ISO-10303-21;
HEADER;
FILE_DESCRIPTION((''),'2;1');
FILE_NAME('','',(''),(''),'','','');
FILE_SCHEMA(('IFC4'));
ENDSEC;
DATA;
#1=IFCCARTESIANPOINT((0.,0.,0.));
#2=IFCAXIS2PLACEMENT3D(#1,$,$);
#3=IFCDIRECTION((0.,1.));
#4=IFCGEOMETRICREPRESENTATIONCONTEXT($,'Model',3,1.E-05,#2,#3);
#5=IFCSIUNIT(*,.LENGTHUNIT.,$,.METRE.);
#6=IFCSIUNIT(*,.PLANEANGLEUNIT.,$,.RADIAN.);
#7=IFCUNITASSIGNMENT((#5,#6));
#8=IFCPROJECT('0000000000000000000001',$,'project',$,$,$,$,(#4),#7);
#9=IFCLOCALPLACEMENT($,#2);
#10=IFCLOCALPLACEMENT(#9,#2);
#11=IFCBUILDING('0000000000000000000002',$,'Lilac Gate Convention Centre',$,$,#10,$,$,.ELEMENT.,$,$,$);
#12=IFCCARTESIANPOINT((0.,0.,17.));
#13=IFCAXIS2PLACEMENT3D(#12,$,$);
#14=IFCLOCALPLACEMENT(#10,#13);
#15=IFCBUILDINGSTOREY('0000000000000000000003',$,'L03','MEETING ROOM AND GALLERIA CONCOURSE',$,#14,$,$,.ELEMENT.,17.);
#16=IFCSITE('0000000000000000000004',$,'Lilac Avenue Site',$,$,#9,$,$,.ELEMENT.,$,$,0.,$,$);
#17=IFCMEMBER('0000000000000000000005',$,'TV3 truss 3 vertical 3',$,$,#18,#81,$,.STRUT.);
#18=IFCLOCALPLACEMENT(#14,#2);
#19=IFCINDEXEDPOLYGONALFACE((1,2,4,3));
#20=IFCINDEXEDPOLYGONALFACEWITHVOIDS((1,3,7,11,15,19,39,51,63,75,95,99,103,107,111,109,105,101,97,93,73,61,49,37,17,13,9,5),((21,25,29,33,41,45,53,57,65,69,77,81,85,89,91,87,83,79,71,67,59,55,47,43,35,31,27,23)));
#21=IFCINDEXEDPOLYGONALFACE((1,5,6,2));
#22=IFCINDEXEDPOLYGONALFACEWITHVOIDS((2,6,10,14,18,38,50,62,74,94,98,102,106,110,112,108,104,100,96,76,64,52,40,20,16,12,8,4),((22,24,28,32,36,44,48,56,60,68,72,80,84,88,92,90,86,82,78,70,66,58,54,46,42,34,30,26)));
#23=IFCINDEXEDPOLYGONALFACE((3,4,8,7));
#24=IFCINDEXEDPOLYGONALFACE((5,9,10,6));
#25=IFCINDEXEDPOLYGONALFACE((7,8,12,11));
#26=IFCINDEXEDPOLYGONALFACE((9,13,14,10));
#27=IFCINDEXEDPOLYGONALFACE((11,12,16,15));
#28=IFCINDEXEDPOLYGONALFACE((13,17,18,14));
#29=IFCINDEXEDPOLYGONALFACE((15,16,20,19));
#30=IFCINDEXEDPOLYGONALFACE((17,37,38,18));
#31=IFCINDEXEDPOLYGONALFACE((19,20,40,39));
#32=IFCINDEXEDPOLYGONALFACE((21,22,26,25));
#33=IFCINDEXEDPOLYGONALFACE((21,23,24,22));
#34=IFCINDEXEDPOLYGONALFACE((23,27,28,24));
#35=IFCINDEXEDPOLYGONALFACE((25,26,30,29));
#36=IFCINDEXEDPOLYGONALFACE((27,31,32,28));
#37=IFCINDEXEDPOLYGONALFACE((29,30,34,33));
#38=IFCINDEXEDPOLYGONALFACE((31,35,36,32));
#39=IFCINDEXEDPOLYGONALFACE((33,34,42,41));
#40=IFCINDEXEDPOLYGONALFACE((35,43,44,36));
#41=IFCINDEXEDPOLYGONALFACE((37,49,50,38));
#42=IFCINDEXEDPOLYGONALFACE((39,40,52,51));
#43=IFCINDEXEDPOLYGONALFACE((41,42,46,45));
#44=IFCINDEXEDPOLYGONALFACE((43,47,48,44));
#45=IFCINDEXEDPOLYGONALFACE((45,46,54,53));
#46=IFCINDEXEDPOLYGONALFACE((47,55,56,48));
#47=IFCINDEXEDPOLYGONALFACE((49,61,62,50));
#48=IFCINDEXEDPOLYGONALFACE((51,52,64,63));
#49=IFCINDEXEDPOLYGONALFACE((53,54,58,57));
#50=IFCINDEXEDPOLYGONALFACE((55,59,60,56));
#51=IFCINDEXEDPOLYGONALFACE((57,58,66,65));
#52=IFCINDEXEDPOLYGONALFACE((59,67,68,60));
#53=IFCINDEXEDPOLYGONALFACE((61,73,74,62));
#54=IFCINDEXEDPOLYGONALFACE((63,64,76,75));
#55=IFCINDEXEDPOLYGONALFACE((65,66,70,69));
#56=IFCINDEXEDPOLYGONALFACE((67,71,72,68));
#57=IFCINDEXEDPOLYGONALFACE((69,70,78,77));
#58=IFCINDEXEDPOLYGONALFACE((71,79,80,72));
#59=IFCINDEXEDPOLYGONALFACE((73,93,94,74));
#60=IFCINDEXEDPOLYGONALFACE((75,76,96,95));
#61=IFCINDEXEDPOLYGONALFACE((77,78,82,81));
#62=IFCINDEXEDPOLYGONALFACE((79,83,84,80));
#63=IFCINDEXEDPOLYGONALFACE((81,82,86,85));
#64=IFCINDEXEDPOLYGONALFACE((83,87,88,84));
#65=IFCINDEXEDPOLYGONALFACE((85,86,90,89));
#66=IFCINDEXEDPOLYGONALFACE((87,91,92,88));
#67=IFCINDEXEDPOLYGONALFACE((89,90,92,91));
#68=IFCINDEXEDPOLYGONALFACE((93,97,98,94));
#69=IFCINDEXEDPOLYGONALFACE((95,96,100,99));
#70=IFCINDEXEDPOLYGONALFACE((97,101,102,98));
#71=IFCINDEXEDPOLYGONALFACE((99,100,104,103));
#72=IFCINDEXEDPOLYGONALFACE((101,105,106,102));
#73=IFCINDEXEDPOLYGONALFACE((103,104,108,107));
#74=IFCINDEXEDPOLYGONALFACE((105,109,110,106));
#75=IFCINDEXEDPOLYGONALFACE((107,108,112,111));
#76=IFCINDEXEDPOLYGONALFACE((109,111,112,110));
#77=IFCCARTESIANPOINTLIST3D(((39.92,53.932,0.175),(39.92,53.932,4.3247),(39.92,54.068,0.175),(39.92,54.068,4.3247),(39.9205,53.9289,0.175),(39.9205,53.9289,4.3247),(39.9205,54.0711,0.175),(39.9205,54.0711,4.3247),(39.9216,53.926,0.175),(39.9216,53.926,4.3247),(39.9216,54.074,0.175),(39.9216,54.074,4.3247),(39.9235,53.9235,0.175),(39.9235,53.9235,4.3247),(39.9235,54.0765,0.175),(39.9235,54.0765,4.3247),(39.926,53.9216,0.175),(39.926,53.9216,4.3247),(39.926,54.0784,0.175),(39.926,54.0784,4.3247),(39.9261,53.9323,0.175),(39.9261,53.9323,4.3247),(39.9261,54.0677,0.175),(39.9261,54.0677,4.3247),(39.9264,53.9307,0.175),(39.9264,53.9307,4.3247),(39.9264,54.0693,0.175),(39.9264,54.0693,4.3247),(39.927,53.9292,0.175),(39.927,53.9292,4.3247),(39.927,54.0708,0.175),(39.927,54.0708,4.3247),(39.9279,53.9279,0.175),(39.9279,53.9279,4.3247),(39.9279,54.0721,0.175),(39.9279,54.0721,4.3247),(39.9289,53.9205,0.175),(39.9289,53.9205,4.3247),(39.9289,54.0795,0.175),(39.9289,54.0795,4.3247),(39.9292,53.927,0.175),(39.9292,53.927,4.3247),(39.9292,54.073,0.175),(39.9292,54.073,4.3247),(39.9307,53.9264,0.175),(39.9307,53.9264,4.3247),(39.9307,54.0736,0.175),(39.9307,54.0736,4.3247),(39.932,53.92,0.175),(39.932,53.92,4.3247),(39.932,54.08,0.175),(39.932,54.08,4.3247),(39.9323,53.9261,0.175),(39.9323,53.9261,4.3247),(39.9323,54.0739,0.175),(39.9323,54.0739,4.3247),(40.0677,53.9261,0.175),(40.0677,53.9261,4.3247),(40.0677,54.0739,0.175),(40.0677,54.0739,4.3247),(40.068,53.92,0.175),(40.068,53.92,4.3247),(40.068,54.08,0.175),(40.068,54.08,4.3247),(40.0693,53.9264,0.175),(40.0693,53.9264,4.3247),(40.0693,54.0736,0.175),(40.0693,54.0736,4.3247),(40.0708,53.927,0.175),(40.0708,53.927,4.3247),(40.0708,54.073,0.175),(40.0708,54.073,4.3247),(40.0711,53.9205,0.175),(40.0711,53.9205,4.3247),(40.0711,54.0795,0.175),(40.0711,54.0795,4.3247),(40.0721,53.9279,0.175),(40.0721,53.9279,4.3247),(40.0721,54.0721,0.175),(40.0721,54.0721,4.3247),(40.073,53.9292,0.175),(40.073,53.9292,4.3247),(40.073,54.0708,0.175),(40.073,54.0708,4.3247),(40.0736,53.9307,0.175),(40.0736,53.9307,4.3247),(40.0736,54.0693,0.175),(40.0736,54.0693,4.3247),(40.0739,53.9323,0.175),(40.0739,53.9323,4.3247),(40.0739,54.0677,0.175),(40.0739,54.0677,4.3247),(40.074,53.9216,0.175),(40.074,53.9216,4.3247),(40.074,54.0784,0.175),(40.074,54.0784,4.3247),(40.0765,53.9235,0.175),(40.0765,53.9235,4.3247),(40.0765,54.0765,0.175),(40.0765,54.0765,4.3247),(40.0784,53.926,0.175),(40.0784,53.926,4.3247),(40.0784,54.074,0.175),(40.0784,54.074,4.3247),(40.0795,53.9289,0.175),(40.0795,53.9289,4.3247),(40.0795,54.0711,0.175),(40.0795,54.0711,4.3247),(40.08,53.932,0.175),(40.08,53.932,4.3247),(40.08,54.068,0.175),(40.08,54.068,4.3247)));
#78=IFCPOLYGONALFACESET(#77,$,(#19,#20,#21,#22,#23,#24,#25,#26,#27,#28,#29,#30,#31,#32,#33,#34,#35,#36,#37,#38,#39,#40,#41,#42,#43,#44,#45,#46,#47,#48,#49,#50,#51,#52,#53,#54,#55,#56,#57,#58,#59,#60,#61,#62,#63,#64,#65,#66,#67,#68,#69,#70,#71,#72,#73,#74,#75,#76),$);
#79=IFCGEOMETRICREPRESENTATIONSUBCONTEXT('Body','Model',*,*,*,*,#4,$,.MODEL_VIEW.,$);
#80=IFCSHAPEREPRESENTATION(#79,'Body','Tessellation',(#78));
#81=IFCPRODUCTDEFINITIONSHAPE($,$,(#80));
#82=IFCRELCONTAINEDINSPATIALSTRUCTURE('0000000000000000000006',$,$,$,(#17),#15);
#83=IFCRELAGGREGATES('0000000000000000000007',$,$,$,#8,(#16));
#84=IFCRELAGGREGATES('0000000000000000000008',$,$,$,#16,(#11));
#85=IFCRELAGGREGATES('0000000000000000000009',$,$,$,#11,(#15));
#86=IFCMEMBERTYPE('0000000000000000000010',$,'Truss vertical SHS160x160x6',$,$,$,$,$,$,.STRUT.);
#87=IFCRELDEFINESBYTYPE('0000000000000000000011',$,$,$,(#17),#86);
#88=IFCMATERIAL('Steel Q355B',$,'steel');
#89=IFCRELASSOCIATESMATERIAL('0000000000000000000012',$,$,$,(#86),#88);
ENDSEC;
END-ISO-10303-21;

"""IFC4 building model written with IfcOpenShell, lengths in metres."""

from ifc_helpers import new_model, si_unit, direction, frame, origin, origin_2d, place, context, subcontext, project, spatial, hollow_rectangle, extrude, material, material_profile, profile_set, type_object, element, save


model = new_model("IFC4")

# Units and contexts
model_context = context("Model", 3, precision=1e-05, world=origin(), true_north=direction((0.0, 1.0)))
body_context = subcontext(model_context, "Body", "Model", "MODEL_VIEW")
ifc_project = project(units=[si_unit("LENGTHUNIT", "METRE"), si_unit("PLANEANGLEUNIT", "RADIAN")], contexts=[model_context])

# Site, building, storey
site_placement = place(None, origin())
site = spatial("IfcSite", under=ifc_project, at=site_placement, Name="Lilac Avenue Site", CompositionType="ELEMENT", RefElevation=0.0)
building_placement = place(site_placement, origin())
building = spatial("IfcBuilding", under=site, at=building_placement, Name="Lilac Gate Convention Centre", CompositionType="ELEMENT")
storey_placement = place(building_placement, frame((0.0, 0.0, 17.0)))
storey = spatial("IfcBuildingStorey", under=building, at=storey_placement, Name="L03", Description="MEETING ROOM AND GALLERIA CONCOURSE", CompositionType="ELEMENT", Elevation=17.0)

# Member
ifc_material = material(Name="Steel Q355B", Category="steel")
ifc_material_profile_1 = material_profile(ifc_material, hollow_rectangle(XDim=0.1599, YDim=0.1599, WallThickness=0.0061, InnerFilletRadius=0.0061, OuterFilletRadius=0.012, at=origin_2d()), Name="SHS160x160x6")
ifc_profile_set_1 = profile_set([ifc_material_profile_1], Name="Steel Q355B")
member_type_1 = type_object("IfcMemberType", Name="Truss vertical SHS160x160x6", PredefinedType="STRUT", material=ifc_profile_set_1)
for number, where, z_axis, x_axis, name in (
    (1, (40.0, 54.0, 0.175), (0.0, 0.0, 1.0), (1.0, 0.0, 0.0), "TV3 truss 3 vertical 3"),
):
    element("IfcMember", number, at=place(storey_placement, frame(where, z_axis=z_axis, x_axis=x_axis)), inside=storey, type_object=member_type_1, Name=name, PredefinedType="STRUT", context=body_context, shape_type="SweptSolid", body=[
        extrude(hollow_rectangle(XDim=0.1599, YDim=0.1599, WallThickness=0.0061, InnerFilletRadius=0.0061, OuterFilletRadius=0.012, at=origin_2d()), origin(), (0.0, 0.0, 1.0), 4.1497),
    ])

save(model, "model.ifc")
